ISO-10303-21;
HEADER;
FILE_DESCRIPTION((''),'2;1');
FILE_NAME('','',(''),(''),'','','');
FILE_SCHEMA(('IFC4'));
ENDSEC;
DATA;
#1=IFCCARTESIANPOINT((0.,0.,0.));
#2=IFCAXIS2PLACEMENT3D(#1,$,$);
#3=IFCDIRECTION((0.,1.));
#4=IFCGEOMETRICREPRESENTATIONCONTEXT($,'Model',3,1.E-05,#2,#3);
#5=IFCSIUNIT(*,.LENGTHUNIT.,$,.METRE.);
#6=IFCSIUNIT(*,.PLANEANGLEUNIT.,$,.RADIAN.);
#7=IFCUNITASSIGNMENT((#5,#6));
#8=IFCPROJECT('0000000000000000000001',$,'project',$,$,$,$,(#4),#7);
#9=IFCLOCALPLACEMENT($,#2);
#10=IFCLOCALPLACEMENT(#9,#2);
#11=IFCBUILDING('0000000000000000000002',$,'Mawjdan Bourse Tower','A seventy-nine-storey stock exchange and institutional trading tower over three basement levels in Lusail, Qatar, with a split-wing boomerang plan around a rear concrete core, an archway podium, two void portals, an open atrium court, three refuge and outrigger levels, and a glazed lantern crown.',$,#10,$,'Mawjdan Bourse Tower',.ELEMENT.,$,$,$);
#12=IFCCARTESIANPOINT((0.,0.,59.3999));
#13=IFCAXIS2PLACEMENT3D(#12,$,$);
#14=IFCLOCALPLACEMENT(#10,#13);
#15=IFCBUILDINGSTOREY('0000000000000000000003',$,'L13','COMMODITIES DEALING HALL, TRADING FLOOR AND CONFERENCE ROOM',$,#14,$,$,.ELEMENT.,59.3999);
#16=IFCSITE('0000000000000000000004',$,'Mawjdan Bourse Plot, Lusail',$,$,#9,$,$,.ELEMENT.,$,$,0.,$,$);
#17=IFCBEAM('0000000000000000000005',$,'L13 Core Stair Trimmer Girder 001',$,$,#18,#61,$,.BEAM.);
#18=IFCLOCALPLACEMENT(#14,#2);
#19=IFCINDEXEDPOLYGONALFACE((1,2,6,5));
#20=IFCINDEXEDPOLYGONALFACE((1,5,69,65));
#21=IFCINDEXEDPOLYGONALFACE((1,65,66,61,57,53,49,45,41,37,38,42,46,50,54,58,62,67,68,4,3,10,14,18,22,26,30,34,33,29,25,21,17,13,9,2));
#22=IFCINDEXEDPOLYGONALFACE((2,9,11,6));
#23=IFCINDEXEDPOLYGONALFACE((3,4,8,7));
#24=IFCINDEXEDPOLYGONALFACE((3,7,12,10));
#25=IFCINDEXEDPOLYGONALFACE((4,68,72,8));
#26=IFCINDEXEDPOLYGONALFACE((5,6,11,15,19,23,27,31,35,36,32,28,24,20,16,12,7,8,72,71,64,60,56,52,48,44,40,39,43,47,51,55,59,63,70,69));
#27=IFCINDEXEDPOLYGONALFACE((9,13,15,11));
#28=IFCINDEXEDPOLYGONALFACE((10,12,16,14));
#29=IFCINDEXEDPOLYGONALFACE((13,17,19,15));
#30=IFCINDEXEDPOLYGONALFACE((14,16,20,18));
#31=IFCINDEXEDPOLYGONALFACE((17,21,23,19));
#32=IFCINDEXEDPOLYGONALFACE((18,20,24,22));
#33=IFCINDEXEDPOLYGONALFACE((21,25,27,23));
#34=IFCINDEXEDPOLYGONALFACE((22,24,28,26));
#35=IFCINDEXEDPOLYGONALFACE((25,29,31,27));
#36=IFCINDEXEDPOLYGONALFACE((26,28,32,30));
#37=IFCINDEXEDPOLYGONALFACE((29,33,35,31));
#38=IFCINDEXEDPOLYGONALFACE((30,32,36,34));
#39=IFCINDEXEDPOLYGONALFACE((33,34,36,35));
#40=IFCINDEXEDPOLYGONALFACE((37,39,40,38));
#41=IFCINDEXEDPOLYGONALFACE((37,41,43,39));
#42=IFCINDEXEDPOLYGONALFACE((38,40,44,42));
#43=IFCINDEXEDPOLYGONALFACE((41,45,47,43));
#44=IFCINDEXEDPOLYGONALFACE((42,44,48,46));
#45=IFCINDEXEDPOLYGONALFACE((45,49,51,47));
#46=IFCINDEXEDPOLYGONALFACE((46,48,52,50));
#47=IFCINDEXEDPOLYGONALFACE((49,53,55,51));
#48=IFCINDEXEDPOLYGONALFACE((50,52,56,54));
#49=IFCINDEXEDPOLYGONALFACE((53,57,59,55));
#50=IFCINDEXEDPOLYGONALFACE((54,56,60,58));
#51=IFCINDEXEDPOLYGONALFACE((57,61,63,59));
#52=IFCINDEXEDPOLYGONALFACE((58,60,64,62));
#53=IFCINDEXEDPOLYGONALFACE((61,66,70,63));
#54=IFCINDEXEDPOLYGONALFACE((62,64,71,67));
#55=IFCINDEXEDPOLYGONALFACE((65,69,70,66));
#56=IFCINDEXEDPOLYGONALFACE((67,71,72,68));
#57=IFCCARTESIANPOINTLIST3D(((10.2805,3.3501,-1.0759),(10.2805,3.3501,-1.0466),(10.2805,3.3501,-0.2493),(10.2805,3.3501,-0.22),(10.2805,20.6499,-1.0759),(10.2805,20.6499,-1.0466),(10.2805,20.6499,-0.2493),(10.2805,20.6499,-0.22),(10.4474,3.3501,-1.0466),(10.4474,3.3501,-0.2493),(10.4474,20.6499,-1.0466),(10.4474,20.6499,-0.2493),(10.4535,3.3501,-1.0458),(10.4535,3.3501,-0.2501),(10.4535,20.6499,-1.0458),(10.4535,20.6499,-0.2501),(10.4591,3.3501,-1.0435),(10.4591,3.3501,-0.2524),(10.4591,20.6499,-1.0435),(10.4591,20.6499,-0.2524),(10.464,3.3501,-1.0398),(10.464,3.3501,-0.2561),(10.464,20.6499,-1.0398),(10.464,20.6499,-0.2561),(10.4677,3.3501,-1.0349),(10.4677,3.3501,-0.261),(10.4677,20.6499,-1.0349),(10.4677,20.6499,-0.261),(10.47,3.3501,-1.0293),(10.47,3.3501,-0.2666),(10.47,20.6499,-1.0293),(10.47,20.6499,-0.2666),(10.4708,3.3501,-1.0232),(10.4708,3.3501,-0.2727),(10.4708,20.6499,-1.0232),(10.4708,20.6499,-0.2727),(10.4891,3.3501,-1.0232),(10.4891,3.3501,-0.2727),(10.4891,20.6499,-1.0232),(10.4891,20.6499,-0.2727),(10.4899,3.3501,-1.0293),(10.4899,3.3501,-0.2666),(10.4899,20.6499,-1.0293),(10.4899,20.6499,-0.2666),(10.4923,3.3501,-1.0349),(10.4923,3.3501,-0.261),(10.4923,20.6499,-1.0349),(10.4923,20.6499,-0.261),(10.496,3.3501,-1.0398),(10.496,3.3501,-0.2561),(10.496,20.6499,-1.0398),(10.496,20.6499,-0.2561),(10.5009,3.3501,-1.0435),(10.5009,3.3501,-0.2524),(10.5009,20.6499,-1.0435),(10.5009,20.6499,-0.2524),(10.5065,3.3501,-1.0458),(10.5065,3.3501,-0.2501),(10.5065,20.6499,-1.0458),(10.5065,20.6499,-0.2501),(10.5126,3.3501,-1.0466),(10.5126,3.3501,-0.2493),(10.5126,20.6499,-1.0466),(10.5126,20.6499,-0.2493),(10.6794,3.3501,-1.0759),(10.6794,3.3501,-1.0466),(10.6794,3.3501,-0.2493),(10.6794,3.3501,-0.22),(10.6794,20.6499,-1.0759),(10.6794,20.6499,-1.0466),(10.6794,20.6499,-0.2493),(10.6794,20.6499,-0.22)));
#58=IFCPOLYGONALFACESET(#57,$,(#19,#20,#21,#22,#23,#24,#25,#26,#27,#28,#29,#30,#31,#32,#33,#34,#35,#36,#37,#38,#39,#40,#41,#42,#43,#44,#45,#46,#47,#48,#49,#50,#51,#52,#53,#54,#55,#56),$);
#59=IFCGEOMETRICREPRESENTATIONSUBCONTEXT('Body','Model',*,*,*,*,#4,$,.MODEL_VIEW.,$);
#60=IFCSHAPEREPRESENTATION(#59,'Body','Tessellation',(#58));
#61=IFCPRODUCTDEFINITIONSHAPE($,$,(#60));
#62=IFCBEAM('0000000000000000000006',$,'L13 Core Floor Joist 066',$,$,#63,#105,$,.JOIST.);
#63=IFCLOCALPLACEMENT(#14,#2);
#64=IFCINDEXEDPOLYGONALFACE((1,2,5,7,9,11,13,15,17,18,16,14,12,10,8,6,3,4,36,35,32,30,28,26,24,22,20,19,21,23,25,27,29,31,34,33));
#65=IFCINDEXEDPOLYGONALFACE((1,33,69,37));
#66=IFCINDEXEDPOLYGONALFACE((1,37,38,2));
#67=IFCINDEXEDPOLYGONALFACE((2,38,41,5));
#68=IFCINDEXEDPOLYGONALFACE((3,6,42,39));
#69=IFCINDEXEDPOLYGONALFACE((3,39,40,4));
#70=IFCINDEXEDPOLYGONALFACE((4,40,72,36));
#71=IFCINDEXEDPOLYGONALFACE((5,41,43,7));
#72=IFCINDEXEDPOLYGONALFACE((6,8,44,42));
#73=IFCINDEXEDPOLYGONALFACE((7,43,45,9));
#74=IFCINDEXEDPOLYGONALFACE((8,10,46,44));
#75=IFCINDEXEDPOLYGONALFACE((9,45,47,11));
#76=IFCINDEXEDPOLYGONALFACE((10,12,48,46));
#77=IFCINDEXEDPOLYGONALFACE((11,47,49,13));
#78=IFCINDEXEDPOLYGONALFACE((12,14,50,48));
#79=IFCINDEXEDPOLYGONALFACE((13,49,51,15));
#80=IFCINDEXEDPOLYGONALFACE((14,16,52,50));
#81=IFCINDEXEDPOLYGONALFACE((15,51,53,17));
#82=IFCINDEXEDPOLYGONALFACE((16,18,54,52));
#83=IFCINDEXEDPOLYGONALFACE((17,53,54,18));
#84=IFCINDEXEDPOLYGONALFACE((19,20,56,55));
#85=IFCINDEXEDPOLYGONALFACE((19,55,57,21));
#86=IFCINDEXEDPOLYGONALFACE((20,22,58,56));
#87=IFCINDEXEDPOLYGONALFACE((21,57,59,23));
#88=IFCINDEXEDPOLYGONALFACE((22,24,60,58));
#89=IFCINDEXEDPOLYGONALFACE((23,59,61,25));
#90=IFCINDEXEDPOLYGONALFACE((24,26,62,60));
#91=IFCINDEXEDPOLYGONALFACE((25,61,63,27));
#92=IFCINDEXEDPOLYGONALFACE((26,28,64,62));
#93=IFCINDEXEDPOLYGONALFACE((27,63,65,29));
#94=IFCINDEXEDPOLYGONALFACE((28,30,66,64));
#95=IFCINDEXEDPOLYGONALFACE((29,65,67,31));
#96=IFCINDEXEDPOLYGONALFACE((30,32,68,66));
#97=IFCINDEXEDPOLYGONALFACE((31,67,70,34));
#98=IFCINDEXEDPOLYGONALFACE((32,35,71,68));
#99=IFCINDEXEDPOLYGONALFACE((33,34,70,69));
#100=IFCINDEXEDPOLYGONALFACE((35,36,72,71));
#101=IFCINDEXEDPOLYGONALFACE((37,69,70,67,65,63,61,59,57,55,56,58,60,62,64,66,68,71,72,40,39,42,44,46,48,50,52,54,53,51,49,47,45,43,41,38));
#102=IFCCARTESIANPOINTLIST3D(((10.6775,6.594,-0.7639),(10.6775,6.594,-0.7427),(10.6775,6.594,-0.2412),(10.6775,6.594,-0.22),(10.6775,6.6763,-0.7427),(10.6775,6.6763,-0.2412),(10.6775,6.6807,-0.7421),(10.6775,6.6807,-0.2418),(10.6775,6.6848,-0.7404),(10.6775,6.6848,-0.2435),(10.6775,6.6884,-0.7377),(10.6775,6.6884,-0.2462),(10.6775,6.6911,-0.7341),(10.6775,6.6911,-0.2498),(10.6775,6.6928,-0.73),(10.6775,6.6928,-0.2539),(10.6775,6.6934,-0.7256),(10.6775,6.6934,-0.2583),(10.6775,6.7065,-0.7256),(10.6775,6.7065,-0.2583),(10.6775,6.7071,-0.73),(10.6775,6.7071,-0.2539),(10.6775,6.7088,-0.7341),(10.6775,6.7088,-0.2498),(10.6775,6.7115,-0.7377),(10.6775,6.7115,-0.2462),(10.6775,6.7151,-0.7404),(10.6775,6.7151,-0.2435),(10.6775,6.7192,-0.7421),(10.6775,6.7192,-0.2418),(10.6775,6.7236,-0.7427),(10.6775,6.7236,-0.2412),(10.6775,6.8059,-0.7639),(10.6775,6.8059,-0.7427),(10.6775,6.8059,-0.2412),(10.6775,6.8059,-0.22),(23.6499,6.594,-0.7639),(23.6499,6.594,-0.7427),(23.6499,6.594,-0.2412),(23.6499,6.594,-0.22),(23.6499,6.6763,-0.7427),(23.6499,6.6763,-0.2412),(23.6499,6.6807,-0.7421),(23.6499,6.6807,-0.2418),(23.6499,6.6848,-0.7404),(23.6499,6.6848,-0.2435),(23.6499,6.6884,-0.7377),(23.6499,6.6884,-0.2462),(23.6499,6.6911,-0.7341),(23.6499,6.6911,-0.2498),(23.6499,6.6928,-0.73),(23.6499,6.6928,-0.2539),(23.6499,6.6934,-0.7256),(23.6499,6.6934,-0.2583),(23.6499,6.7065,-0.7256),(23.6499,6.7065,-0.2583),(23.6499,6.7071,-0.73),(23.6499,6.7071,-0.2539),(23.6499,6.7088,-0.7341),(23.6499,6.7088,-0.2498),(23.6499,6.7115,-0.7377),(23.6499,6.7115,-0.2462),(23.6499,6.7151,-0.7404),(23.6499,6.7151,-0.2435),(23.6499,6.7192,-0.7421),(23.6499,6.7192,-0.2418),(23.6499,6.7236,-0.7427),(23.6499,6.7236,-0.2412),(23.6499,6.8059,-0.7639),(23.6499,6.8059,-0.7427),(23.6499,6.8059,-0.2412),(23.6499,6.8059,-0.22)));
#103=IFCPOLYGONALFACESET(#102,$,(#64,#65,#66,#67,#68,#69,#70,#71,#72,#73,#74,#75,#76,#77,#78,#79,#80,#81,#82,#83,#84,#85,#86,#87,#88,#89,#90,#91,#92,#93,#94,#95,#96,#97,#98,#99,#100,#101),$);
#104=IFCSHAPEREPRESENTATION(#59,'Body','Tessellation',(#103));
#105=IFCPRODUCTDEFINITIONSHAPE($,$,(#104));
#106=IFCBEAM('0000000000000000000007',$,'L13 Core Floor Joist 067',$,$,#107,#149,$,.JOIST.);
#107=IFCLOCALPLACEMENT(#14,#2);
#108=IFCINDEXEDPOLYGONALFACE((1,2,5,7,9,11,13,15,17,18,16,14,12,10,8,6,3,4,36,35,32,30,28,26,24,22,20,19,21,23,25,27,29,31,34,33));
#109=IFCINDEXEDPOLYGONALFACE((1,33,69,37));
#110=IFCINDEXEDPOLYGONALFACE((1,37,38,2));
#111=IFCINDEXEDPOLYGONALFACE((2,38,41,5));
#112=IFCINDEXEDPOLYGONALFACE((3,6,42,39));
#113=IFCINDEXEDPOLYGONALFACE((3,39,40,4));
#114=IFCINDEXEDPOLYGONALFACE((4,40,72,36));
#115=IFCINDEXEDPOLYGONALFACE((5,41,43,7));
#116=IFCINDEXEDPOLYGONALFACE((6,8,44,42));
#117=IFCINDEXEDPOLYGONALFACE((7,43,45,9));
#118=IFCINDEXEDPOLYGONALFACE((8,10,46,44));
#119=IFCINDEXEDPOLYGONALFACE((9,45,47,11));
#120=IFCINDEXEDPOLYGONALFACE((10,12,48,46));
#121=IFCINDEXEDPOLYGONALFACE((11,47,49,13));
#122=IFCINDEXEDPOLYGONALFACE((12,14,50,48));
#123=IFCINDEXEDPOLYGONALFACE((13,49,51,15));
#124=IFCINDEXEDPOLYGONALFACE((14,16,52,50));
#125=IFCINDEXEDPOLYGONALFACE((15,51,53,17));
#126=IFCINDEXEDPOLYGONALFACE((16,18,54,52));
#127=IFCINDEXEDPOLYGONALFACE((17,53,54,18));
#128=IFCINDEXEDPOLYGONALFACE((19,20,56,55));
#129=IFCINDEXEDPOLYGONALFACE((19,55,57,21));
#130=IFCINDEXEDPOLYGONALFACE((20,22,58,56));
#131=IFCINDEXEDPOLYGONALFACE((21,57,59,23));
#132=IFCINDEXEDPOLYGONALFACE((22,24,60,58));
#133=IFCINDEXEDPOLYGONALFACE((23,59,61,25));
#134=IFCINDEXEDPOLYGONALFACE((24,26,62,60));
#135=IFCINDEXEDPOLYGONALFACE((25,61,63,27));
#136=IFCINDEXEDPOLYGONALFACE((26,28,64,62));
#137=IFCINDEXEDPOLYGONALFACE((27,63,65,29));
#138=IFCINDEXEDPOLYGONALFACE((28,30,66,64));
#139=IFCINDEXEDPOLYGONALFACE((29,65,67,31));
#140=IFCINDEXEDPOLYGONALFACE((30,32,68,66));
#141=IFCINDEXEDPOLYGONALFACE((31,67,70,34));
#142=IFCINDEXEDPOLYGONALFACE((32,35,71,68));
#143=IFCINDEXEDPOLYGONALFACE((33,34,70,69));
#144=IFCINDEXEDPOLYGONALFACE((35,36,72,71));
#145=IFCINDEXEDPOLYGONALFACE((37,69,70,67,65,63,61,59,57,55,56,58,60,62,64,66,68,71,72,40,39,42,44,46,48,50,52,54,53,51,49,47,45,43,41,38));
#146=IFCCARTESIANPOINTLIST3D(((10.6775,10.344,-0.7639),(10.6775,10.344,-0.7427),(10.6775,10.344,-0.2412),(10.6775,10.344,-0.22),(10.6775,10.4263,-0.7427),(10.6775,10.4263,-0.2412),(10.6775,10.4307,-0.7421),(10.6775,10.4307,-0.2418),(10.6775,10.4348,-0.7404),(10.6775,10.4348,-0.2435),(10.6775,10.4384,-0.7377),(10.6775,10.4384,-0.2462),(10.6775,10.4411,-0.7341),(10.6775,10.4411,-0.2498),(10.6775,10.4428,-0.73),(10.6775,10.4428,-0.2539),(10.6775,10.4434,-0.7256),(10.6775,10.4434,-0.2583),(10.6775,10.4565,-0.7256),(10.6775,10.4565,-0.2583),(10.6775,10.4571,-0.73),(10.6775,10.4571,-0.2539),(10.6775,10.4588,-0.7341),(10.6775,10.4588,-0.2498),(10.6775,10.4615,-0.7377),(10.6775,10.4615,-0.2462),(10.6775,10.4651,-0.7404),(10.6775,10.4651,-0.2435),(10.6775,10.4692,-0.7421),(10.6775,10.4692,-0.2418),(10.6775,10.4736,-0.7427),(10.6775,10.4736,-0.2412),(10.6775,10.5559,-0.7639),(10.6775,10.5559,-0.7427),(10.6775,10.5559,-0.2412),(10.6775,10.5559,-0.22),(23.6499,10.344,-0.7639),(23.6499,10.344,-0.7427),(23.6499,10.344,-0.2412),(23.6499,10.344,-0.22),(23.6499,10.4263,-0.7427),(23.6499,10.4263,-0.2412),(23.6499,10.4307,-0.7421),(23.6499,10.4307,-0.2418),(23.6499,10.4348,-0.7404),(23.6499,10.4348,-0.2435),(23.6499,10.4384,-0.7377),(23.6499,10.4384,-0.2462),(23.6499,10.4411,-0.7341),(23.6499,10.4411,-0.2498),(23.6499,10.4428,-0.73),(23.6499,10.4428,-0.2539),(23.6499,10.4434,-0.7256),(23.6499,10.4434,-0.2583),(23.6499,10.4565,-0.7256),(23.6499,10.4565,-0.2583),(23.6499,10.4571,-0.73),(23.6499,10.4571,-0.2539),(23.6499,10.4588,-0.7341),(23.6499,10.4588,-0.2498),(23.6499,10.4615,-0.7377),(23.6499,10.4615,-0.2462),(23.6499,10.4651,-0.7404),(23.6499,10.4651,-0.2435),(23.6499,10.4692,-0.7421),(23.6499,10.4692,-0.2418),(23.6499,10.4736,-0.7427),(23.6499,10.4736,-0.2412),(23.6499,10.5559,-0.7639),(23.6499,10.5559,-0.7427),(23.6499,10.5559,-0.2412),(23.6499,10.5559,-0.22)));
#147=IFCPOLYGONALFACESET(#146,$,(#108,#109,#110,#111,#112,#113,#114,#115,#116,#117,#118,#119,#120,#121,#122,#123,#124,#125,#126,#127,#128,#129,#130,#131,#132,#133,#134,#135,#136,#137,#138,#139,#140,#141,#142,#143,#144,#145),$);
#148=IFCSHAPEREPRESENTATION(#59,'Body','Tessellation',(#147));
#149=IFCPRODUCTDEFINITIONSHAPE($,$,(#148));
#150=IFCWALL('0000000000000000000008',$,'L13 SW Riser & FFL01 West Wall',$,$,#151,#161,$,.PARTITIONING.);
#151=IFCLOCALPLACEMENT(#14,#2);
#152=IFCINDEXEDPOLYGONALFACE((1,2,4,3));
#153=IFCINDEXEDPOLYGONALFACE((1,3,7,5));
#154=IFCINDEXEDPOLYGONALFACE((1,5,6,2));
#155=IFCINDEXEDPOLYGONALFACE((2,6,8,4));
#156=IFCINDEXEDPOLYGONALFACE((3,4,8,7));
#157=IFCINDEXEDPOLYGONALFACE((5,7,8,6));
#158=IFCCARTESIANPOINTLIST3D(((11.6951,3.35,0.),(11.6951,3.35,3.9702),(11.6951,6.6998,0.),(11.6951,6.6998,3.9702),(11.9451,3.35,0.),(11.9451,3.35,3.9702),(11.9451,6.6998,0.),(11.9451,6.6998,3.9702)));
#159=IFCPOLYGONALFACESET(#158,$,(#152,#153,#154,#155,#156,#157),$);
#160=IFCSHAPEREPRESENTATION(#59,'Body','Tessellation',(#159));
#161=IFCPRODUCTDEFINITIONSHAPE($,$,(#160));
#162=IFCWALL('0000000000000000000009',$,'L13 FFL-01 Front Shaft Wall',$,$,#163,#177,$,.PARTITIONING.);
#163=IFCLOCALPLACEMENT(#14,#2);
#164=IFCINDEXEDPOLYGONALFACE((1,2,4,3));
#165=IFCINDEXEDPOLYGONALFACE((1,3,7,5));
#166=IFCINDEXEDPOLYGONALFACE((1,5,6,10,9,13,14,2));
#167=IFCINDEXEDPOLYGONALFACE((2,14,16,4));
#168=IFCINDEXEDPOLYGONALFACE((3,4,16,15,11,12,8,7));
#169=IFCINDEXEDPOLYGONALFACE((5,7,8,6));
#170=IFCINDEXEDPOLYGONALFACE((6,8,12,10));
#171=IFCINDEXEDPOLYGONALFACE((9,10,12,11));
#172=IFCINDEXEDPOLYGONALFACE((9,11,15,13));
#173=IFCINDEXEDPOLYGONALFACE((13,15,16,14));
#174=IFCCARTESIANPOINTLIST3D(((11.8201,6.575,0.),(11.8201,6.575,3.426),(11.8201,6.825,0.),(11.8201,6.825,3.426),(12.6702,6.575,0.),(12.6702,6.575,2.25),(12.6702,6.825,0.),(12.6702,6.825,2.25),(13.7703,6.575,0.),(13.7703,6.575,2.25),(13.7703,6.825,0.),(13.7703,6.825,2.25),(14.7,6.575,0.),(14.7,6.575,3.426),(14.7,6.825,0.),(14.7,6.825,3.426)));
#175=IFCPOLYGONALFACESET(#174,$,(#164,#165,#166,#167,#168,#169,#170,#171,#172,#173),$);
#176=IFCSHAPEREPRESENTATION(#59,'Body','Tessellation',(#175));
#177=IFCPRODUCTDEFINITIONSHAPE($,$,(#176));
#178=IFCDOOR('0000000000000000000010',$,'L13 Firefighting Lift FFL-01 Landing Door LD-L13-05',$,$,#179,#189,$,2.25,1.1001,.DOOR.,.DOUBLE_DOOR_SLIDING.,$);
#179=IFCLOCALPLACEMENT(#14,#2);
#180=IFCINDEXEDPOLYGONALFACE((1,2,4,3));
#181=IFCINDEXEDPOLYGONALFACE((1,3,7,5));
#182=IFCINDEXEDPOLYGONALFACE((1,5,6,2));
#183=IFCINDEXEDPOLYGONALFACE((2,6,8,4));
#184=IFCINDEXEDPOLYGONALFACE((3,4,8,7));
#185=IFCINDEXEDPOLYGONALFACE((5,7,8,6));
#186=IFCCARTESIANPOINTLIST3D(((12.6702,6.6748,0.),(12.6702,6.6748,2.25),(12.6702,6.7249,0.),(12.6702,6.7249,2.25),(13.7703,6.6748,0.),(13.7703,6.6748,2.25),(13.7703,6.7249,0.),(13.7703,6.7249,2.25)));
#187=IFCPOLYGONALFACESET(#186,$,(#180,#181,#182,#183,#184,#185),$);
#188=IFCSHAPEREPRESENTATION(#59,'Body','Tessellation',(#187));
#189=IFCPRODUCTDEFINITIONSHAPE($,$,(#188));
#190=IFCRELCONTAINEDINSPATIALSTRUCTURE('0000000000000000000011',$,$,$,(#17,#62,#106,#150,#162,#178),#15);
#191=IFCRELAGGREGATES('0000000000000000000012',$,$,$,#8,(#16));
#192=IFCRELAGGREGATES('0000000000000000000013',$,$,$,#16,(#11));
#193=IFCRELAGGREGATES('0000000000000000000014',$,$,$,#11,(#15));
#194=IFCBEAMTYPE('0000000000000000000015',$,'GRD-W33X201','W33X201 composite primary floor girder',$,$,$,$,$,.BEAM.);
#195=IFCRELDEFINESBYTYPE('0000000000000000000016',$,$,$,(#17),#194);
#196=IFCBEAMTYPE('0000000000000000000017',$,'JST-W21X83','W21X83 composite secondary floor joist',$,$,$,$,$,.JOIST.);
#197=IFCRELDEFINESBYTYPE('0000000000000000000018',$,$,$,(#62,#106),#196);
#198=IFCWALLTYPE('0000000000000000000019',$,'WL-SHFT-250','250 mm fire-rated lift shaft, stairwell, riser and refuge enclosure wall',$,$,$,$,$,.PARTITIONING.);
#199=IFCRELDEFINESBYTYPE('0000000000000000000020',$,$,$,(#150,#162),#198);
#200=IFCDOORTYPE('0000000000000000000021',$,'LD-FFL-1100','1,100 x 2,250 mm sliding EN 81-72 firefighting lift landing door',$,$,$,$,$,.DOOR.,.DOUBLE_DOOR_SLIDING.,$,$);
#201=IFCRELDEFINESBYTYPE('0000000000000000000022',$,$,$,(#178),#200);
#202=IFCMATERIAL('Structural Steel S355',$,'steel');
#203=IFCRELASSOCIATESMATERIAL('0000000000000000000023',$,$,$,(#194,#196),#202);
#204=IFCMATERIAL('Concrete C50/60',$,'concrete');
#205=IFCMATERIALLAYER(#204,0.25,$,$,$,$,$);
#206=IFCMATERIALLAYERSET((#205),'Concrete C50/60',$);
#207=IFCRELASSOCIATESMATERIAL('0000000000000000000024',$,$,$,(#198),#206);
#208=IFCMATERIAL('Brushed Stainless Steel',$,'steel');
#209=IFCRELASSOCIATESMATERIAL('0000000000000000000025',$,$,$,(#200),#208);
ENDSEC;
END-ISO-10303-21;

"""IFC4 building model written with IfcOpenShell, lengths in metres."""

from ifc_helpers import new_model, si_unit, direction, frame, frame_2d, origin, origin_2d, place, context, subcontext, project, spatial, rectangle, i_section, extrude, material, layer, layer_set, material_profile, profile_set, type_object, element, fill, save


model = new_model("IFC4")

# Units and contexts
model_context = context("Model", 3, precision=1e-05, world=origin(), true_north=direction((0.0, 1.0)))
body_context = subcontext(model_context, "Body", "Model", "MODEL_VIEW")
ifc_project = project(units=[si_unit("LENGTHUNIT", "METRE"), si_unit("PLANEANGLEUNIT", "RADIAN")], contexts=[model_context])

# Site, building, storey
site_placement = place(None, origin())
site = spatial("IfcSite", under=ifc_project, at=site_placement, Name="Mawjdan Bourse Plot, Lusail", CompositionType="ELEMENT", RefElevation=0.0)
building_placement = place(site_placement, origin())
building = spatial("IfcBuilding", under=site, at=building_placement, Name="Mawjdan Bourse Tower", Description="A seventy-nine-storey stock exchange and institutional trading tower over three basement levels in Lusail, Qatar, with a split-wing boomerang plan around a rear concrete core, an archway podium, two void portals, an open atrium court, three refuge and outrigger levels, and a glazed lantern crown.", LongName="Mawjdan Bourse Tower", CompositionType="ELEMENT")
storey_placement = place(building_placement, frame((0.0, 0.0, 59.3999)))
storey = spatial("IfcBuildingStorey", under=building, at=storey_placement, Name="L13", Description="COMMODITIES DEALING HALL, TRADING FLOOR AND CONFERENCE ROOM", CompositionType="ELEMENT", Elevation=59.3999)

# Beams
ifc_material_1 = material(Name="Structural Steel S355", Category="steel")
ifc_material_profile_1 = material_profile(ifc_material_1, i_section(OverallWidth=0.3989, OverallDepth=0.856, WebThickness=0.0183, FlangeThickness=0.0293, FilletRadius=0.0234, at=origin_2d()), Name="W33X201")
ifc_profile_set_1 = profile_set([ifc_material_profile_1], Name="Structural Steel S355")
beam_type_1 = type_object("IfcBeamType", Name="GRD-W33X201", Description="W33X201 composite primary floor girder", PredefinedType="BEAM", material=ifc_profile_set_1)
beam_placement = place(storey_placement, frame((10.48, 3.3501, -0.6479), z_axis=(0.0, 1.0, 0.0), x_axis=(-1.0, 0.0, 0.0)))
element("IfcBeam", 1, at=beam_placement, inside=storey, type_object=beam_type_1, Name="L13 Core Stair Trimmer Girder 001", PredefinedType="BEAM", context=body_context, shape_type="SweptSolid", body=[
    extrude(i_section(OverallWidth=0.3989, OverallDepth=0.856, WebThickness=0.0183, FlangeThickness=0.0293, FilletRadius=0.0234, at=origin_2d()), origin(), (0.0, 0.0, 1.0), 17.2998),
])
ifc_material_profile_2 = material_profile(ifc_material_1, i_section(OverallWidth=0.2119, OverallDepth=0.5439, WebThickness=0.0132, FlangeThickness=0.0212, FilletRadius=0.0171, at=origin_2d()), Name="W21X83")
ifc_profile_set_2 = profile_set([ifc_material_profile_2], Name="Structural Steel S355")
beam_type_2 = type_object("IfcBeamType", Name="JST-W21X83", Description="W21X83 composite secondary floor joist", PredefinedType="JOIST", material=ifc_profile_set_2)
for number, where, z_axis, x_axis, name in (
    (2, (10.6775, 6.7, -0.4919), (1.0, 0.0, 0.0), (0.0, 1.0, 0.0), "L13 Core Floor Joist 066"),
    (3, (10.6775, 10.45, -0.4919), (1.0, 0.0, 0.0), (0.0, 1.0, 0.0), "L13 Core Floor Joist 067"),
):
    element("IfcBeam", number, at=place(storey_placement, frame(where, z_axis=z_axis, x_axis=x_axis)), inside=storey, type_object=beam_type_2, Name=name, PredefinedType="JOIST", context=body_context, shape_type="SweptSolid", body=[
        extrude(i_section(OverallWidth=0.2119, OverallDepth=0.5439, WebThickness=0.0132, FlangeThickness=0.0212, FilletRadius=0.0171, at=origin_2d()), origin(), (0.0, 0.0, 1.0), 12.9724),
    ])

# Wall
ifc_material_2 = material(Name="Concrete C50/60", Category="concrete")
ifc_layer = layer(ifc_material_2, 0.25)
ifc_layer_set = layer_set([ifc_layer], Name="Concrete C50/60")
wall_type = type_object("IfcWallType", Name="WL-SHFT-250", Description="250 mm fire-rated lift shaft, stairwell, riser and refuge enclosure wall", PredefinedType="PARTITIONING", material=ifc_layer_set)
wall_1_placement = place(storey_placement, frame((11.8201, 3.3501, 0.0), z_axis=(0.0, 0.0, 1.0), x_axis=(0.0, 1.0, 0.0)))
element("IfcWall", 4, at=wall_1_placement, inside=storey, type_object=wall_type, Name="L13 SW Riser & FFL01 West Wall", PredefinedType="PARTITIONING", context=body_context, shape_type="SweptSolid", body=[
    extrude(rectangle(XDim=3.3499, YDim=0.25, at=frame_2d((1.6748, 0.0))), origin(), (0.0, 0.0, 1.0), 3.9702),
])

# Wall, opening, door
wall_2_placement = place(storey_placement, frame((11.8201, 6.7, 0.0), z_axis=(0.0, 0.0, 1.0), x_axis=(1.0, 0.0, 0.0)))
wall_2 = element("IfcWall", 5, at=wall_2_placement, inside=storey, type_object=wall_type, Name="L13 FFL-01 Front Shaft Wall", PredefinedType="PARTITIONING", context=body_context, shape_type="SweptSolid", body=[
    extrude(rectangle(XDim=2.8799, YDim=0.25, at=frame_2d((1.4399, 0.0))), origin(), (0.0, 0.0, 1.0), 3.426),
])
opening_1_placement = place(wall_2_placement, frame((0.8501, 0.0, 0.0)))
opening_1 = element("IfcOpeningElement", 6, at=opening_1_placement, cuts=wall_2, PredefinedType="OPENING", context=body_context, shape_type="SweptSolid", body=[
    extrude(rectangle(XDim=1.1001, YDim=2.25, at=frame_2d((0.55, 1.125))), frame((0.0, 0.135, 0.0), z_axis=(0.0, -1.0, 0.0), x_axis=(1.0, 0.0, 0.0)), (0.0, 0.0, 1.0), 0.27),
])
ifc_material_3 = material(Name="Brushed Stainless Steel", Category="steel")
door_type_1 = type_object("IfcDoorType", Name="LD-FFL-1100", Description="1,100 x 2,250 mm sliding EN 81-72 firefighting lift landing door", OperationType="DOUBLE_DOOR_SLIDING", PredefinedType="DOOR", material=ifc_material_3)
door_1_placement = place(opening_1_placement, origin())
door_1 = element("IfcDoor", 7, at=door_1_placement, inside=storey, type_object=door_type_1, Name="L13 Firefighting Lift FFL-01 Landing Door LD-L13-05", OperationType="DOUBLE_DOOR_SLIDING", OverallHeight=2.25, OverallWidth=1.1001, PredefinedType="DOOR", context=body_context, shape_type="SweptSolid", body=[
    extrude(rectangle(XDim=1.1001, YDim=2.25, at=frame_2d((0.55, 1.125))), frame((0.0, 0.0249, 0.0), z_axis=(0.0, -1.0, 0.0), x_axis=(1.0, 0.0, 0.0)), (0.0, 0.0, 1.0), 0.05),
])
fill(opening_1, door_1)

save(model, "model.ifc")
